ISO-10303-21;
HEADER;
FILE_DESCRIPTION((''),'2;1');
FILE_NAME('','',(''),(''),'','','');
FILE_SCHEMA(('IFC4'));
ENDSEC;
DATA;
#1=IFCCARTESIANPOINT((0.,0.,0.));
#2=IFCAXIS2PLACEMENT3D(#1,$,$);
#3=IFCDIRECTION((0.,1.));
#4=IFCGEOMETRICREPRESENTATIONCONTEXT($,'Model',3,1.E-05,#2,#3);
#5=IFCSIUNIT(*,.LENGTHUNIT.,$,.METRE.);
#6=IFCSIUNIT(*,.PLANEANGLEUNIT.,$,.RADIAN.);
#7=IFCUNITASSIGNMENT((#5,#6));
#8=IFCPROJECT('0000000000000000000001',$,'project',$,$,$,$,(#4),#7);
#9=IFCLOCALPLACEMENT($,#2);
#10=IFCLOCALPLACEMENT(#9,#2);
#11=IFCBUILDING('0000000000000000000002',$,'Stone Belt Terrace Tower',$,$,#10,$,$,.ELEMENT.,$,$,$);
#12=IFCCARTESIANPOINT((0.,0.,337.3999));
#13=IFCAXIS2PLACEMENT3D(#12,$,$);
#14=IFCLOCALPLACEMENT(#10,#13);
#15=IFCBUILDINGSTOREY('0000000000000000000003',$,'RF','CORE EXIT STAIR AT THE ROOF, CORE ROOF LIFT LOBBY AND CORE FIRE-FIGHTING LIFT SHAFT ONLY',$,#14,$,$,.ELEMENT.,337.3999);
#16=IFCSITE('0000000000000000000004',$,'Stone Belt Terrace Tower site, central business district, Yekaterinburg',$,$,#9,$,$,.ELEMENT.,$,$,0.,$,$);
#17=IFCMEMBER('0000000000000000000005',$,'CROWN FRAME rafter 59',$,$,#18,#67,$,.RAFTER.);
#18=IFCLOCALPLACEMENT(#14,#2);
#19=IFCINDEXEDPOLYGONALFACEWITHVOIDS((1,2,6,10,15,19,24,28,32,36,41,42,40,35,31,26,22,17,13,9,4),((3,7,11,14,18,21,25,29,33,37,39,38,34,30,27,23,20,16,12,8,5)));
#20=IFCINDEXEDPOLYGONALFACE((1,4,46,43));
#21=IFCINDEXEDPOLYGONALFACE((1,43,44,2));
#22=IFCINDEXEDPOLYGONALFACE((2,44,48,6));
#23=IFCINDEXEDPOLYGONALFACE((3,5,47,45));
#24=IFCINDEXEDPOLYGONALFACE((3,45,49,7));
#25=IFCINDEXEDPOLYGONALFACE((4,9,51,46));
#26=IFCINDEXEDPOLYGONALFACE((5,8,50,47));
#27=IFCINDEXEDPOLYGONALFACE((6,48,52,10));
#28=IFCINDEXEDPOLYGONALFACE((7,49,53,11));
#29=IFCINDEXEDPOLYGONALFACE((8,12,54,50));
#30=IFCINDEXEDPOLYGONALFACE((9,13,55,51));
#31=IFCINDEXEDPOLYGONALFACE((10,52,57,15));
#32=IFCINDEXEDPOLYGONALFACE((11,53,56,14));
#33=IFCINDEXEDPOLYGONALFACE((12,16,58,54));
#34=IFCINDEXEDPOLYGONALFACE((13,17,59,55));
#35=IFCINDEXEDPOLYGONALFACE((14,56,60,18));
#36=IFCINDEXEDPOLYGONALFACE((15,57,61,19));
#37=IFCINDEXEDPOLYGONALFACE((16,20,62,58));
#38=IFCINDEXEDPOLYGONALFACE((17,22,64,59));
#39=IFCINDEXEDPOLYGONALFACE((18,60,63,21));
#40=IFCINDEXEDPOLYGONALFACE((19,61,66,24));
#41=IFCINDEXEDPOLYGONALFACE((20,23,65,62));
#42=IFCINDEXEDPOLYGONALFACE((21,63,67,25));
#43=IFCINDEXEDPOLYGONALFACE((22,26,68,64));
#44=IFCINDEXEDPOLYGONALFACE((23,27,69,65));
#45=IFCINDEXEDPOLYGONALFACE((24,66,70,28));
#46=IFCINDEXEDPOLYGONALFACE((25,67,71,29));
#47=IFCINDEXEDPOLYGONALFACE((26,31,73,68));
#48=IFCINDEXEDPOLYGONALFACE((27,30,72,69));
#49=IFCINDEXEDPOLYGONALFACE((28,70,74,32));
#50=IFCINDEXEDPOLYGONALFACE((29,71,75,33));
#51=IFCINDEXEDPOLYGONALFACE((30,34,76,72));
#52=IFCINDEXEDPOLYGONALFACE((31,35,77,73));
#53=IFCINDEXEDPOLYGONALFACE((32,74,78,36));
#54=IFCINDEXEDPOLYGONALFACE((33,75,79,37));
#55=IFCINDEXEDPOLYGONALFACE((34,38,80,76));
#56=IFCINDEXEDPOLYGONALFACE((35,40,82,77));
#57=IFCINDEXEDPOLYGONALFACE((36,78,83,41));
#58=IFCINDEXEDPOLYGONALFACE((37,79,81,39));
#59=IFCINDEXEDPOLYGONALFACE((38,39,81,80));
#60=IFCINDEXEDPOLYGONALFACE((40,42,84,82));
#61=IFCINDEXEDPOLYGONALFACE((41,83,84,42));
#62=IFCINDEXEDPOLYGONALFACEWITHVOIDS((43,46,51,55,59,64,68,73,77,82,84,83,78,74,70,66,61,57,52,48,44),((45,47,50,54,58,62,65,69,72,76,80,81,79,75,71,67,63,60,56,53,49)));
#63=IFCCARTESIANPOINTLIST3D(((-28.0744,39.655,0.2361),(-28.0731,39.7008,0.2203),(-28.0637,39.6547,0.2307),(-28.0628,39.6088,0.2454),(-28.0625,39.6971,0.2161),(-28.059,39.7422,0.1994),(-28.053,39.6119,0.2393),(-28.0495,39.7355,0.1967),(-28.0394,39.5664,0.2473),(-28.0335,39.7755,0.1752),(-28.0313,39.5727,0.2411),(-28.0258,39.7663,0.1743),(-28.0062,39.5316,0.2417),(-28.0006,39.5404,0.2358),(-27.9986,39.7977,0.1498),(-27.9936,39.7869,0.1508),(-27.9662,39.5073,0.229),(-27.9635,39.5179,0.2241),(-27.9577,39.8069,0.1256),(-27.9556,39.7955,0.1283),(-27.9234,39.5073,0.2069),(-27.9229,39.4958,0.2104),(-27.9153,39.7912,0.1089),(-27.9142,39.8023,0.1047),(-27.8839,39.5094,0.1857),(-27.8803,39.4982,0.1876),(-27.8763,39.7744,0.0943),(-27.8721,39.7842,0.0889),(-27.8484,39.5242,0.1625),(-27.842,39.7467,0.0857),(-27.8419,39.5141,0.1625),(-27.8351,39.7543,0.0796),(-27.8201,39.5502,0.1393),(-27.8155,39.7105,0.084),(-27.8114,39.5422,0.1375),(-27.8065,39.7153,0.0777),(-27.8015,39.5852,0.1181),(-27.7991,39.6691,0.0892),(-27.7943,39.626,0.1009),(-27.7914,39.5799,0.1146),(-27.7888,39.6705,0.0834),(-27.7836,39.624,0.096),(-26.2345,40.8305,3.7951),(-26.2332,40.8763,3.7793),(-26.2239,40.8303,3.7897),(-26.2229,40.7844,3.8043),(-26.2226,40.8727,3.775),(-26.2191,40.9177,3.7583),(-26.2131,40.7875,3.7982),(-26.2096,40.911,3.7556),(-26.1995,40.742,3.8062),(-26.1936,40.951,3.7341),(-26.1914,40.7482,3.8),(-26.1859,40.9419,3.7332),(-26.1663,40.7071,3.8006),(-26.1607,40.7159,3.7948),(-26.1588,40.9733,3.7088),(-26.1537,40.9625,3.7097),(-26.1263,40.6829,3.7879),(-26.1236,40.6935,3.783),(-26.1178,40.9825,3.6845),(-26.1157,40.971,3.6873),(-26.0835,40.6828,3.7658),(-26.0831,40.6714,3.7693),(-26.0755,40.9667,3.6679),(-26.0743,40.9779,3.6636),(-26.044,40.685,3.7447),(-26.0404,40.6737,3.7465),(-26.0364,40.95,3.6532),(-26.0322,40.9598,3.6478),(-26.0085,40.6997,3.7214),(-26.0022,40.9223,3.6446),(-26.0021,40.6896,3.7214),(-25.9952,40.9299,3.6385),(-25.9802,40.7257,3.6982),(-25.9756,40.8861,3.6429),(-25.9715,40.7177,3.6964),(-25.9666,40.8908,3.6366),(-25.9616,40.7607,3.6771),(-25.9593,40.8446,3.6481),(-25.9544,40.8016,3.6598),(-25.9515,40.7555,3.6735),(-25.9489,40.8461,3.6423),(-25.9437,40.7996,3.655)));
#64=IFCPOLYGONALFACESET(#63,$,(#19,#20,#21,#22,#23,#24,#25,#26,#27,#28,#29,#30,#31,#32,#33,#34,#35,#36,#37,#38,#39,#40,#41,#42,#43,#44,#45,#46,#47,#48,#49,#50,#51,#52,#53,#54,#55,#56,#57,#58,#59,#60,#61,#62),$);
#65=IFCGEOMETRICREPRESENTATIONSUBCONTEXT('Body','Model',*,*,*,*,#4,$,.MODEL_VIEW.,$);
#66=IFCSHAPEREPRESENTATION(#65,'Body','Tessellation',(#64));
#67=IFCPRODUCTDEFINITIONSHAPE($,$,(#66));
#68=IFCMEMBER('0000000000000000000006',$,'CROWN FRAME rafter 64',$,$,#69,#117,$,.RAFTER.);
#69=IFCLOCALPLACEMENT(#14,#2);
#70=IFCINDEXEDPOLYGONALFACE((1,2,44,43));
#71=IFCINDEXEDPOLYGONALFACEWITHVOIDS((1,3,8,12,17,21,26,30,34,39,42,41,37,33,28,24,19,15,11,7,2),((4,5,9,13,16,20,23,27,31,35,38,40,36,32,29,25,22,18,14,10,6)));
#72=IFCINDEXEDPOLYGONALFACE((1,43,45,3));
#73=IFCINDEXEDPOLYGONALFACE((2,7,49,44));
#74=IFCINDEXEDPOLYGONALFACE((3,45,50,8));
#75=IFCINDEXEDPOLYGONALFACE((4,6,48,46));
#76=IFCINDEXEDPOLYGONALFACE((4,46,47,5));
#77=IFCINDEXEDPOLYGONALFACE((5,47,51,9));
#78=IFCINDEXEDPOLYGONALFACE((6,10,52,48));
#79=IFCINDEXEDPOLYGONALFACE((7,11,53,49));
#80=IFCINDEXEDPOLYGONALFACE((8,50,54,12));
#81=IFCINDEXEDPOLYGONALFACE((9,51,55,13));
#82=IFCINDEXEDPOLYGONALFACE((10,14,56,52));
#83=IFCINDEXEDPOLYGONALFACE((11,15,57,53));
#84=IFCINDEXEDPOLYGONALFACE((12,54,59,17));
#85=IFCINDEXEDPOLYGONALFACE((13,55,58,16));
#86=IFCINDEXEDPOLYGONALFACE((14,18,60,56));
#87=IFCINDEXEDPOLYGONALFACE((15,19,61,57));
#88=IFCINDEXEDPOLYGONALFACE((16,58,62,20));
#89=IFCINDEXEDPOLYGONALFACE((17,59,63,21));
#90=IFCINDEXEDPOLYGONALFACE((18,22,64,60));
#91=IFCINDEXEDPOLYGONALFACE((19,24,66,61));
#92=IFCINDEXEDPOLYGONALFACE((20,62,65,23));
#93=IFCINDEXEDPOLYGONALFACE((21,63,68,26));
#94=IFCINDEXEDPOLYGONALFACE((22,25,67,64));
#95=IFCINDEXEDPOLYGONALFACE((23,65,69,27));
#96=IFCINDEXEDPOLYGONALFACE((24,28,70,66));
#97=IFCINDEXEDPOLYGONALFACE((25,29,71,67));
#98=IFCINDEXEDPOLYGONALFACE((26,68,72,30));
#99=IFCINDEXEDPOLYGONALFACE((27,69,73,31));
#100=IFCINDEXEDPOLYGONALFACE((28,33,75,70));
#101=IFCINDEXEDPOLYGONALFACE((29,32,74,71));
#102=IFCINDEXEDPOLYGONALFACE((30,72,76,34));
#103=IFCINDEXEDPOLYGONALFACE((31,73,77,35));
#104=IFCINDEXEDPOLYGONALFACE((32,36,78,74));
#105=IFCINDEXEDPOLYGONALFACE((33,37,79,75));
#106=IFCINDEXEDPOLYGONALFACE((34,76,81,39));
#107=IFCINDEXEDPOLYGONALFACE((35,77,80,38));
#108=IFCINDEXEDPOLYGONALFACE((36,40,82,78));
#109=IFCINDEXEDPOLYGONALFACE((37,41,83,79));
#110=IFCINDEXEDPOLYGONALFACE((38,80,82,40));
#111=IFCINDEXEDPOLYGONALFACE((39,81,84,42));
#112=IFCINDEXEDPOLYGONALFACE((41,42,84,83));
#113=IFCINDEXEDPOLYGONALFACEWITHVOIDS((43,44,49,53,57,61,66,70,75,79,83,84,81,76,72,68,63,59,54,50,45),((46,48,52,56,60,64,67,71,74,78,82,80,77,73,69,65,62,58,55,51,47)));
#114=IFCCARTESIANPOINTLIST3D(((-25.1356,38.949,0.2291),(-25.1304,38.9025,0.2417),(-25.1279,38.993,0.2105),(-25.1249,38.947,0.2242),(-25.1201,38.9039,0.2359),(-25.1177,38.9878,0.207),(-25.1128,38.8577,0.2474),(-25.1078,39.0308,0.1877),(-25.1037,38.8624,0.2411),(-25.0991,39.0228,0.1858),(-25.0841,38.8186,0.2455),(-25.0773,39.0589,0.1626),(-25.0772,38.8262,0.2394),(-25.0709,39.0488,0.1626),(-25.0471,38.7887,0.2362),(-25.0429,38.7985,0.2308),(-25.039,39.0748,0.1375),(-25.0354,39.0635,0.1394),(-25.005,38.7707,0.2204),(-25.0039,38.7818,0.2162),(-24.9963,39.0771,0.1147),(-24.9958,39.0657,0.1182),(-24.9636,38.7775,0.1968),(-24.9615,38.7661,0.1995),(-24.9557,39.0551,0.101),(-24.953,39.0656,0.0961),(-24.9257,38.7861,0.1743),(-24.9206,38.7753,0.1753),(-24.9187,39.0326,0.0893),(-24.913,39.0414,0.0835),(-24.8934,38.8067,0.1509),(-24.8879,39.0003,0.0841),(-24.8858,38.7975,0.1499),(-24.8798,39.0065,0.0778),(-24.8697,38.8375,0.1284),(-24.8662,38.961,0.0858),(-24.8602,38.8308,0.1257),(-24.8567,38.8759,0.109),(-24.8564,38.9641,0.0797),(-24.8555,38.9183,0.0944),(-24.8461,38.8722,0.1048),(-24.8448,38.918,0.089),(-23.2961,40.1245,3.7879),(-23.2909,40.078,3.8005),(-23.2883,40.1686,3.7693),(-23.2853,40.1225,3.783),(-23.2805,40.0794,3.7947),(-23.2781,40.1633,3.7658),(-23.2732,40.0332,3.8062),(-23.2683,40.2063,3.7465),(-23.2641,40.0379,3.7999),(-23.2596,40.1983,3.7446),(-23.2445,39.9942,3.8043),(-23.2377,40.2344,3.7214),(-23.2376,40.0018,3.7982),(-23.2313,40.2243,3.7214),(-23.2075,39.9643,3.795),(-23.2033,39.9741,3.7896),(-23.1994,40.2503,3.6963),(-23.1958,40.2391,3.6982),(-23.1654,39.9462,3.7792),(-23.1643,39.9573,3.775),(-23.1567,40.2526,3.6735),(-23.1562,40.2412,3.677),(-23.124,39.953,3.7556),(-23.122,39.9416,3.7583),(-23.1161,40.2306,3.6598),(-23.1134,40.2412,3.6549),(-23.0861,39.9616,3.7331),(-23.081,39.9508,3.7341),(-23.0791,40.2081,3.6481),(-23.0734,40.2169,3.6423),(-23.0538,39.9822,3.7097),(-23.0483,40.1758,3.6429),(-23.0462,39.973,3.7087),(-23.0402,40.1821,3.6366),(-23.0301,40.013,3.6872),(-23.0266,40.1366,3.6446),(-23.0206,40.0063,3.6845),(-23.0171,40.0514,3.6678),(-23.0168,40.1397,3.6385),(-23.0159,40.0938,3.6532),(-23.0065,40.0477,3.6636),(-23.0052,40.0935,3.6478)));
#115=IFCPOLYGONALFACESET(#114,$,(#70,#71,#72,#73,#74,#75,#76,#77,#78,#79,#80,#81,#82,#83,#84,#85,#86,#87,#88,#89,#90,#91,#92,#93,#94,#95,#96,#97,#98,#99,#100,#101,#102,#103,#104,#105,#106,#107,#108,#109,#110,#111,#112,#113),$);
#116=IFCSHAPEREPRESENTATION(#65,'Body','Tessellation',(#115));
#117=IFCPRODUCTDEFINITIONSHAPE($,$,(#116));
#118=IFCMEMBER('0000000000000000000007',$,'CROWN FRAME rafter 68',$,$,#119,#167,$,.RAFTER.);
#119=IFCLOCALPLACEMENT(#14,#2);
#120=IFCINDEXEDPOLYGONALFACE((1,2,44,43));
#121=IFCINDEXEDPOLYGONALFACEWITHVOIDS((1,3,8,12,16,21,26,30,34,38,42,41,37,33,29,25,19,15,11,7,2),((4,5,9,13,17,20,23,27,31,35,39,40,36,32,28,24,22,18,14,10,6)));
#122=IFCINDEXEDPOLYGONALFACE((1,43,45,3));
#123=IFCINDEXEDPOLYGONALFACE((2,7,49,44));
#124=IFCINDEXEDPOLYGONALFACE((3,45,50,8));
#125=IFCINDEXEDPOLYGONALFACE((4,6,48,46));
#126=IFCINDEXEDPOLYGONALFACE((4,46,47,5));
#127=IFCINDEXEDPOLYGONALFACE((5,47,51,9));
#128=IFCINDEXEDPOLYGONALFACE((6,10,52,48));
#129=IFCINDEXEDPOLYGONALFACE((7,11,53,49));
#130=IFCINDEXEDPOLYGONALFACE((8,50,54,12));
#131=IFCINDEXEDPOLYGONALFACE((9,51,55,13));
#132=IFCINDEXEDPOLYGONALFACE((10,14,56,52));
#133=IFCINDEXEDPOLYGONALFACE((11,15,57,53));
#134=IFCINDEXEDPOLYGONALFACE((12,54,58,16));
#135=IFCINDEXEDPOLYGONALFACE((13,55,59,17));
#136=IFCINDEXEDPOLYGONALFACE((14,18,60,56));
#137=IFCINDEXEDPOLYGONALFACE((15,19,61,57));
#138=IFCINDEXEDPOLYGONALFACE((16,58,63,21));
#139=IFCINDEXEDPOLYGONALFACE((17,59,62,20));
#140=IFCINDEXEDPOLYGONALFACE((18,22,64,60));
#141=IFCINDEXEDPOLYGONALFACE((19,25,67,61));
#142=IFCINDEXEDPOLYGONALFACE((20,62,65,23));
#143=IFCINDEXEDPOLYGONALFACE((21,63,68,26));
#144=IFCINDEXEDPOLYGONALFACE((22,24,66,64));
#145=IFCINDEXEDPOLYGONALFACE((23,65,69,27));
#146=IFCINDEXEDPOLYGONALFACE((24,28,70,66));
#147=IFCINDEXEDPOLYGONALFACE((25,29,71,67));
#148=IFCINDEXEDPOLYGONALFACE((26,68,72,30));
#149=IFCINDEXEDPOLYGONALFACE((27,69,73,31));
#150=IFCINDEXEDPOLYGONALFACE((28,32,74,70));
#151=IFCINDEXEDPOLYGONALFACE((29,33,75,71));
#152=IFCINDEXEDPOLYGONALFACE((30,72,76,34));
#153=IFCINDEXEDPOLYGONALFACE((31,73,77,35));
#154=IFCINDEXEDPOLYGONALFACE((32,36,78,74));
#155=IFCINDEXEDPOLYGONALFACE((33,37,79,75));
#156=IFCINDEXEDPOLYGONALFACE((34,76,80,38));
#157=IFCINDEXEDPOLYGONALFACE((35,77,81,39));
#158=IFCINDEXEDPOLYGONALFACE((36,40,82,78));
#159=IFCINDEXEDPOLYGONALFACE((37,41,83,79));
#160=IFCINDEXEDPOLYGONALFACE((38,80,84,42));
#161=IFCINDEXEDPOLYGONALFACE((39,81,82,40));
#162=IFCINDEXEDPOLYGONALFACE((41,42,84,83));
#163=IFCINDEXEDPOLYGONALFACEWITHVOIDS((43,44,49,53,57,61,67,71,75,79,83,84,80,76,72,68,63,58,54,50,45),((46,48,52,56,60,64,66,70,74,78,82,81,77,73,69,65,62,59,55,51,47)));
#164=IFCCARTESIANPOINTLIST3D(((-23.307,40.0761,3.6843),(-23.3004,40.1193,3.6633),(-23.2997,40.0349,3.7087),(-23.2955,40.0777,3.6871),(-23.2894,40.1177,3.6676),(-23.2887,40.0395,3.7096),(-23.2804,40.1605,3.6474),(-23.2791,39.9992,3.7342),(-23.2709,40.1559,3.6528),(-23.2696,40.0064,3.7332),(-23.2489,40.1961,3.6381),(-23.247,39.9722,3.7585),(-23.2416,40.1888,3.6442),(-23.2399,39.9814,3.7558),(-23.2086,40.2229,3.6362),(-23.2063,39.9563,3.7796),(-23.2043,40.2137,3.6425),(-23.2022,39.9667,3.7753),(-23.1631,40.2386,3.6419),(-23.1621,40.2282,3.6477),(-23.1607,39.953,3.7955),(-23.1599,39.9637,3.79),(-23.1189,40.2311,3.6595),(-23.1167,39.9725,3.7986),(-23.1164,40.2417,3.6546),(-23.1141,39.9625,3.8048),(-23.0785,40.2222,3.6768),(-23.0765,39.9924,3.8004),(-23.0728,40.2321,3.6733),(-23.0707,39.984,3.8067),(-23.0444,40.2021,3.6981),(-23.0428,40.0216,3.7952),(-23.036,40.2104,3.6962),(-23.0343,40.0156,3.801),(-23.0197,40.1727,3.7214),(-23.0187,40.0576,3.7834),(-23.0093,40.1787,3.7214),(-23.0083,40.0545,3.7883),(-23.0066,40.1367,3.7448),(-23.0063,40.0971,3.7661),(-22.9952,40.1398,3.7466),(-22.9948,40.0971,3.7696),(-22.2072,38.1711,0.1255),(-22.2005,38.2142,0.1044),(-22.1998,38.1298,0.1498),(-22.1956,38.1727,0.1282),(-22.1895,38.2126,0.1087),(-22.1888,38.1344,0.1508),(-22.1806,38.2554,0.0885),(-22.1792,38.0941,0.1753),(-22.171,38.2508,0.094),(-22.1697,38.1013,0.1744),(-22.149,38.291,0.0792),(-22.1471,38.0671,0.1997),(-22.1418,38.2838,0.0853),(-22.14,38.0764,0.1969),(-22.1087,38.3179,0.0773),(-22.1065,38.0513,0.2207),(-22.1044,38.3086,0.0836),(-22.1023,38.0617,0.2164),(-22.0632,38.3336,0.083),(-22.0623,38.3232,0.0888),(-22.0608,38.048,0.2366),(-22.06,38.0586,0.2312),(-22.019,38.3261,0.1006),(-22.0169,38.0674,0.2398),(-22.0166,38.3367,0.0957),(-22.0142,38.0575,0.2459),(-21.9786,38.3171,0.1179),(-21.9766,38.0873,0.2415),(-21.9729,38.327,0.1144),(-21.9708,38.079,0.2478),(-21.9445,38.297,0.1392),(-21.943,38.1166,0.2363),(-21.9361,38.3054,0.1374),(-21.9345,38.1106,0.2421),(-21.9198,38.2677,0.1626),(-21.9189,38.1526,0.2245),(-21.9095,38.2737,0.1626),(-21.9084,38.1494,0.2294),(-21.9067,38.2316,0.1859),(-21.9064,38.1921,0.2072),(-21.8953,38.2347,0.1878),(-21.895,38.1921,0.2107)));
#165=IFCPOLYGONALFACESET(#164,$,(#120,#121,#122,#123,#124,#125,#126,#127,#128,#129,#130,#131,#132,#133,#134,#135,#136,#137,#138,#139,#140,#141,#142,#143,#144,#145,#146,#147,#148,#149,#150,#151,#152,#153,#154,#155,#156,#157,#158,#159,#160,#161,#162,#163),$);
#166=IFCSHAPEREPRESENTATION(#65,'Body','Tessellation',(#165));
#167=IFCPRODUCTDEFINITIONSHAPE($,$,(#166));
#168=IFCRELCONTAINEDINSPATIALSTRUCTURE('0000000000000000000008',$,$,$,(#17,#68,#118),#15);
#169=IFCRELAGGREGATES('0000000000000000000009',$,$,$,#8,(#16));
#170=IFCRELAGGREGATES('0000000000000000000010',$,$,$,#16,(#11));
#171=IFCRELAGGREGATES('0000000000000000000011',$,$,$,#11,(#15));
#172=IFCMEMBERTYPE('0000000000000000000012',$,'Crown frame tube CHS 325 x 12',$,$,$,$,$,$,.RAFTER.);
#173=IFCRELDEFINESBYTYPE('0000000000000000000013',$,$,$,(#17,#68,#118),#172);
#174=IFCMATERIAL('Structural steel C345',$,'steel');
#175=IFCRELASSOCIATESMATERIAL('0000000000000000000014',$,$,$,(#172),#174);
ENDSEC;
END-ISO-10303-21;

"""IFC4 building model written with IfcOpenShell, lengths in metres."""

from ifc_helpers import new_model, si_unit, direction, frame, origin, origin_2d, place, context, subcontext, project, spatial, hollow_circle, extrude, material, material_profile, profile_set, type_object, element, save


model = new_model("IFC4")

# Units and contexts
model_context = context("Model", 3, precision=1e-05, world=origin(), true_north=direction((0.0, 1.0)))
body_context = subcontext(model_context, "Body", "Model", "MODEL_VIEW")
ifc_project = project(units=[si_unit("LENGTHUNIT", "METRE"), si_unit("PLANEANGLEUNIT", "RADIAN")], contexts=[model_context])

# Site, building, storey
site_placement = place(None, origin())
site = spatial("IfcSite", under=ifc_project, at=site_placement, Name="Stone Belt Terrace Tower site, central business district, Yekaterinburg", CompositionType="ELEMENT", RefElevation=0.0)
building_placement = place(site_placement, origin())
building = spatial("IfcBuilding", under=site, at=building_placement, Name="Stone Belt Terrace Tower", CompositionType="ELEMENT")
storey_placement = place(building_placement, frame((0.0, 0.0, 337.3999)))
storey = spatial("IfcBuildingStorey", under=building, at=storey_placement, Name="RF", Description="CORE EXIT STAIR AT THE ROOF, CORE ROOF LIFT LOBBY AND CORE FIRE-FIGHTING LIFT SHAFT ONLY", CompositionType="ELEMENT", Elevation=337.3999)

# Members
ifc_material_1 = material(Name="Structural steel C345", Category="steel")
ifc_material_profile_1 = material_profile(ifc_material_1, hollow_circle(Radius=0.1626, WallThickness=0.012, at=origin_2d()), Name="Structural steel C345 CHS 325x12")
ifc_profile_set_1 = profile_set([ifc_material_profile_1], Name="Structural steel C345")
member_type_1 = type_object("IfcMemberType", Name="Crown frame tube CHS 325 x 12", PredefinedType="RAFTER", material=ifc_profile_set_1)
member_1_placement = place(storey_placement, frame((-26.0896, 40.8267, 3.7214), z_axis=(-0.440661, -0.281553, -0.852377), x_axis=(0.538416, -0.842679, 0.0)))
element("IfcMember", 1, at=member_1_placement, inside=storey, type_object=member_type_1, Name="CROWN FRAME rafter 59", PredefinedType="RAFTER", context=body_context, shape_type="SweptSolid", body=[
    extrude(hollow_circle(Radius=0.1626, WallThickness=0.012, at=origin_2d()), origin(), (0.0, 0.0, 1.0), 4.1753),
])
member_2_placement = place(storey_placement, frame((-24.9897, 38.9219, 0.1626), z_axis=(0.440614, 0.28156, 0.852399), x_axis=(-0.538466, 0.842647, 0.0)))
element("IfcMember", 2, at=member_2_placement, inside=storey, type_object=member_type_1, Name="CROWN FRAME rafter 64", PredefinedType="RAFTER", context=body_context, shape_type="SweptSolid", body=[
    extrude(hollow_circle(Radius=0.1626, WallThickness=0.012, at=origin_2d()), origin(), (0.0, 0.0, 1.0), 4.175),
])
member_3_placement = place(storey_placement, frame((-23.1501, 40.0974, 3.7214), z_axis=(0.262884, -0.455335, -0.850624), x_axis=(0.866028, 0.499995, 0.0)))
element("IfcMember", 3, at=member_3_placement, inside=storey, type_object=member_type_1, Name="CROWN FRAME rafter 68", PredefinedType="RAFTER", context=body_context, shape_type="SweptSolid", body=[
    extrude(hollow_circle(Radius=0.1626, WallThickness=0.012, at=origin_2d()), origin(), (0.0, 0.0, 1.0), 4.1838),
])

save(model, "model.ifc")
